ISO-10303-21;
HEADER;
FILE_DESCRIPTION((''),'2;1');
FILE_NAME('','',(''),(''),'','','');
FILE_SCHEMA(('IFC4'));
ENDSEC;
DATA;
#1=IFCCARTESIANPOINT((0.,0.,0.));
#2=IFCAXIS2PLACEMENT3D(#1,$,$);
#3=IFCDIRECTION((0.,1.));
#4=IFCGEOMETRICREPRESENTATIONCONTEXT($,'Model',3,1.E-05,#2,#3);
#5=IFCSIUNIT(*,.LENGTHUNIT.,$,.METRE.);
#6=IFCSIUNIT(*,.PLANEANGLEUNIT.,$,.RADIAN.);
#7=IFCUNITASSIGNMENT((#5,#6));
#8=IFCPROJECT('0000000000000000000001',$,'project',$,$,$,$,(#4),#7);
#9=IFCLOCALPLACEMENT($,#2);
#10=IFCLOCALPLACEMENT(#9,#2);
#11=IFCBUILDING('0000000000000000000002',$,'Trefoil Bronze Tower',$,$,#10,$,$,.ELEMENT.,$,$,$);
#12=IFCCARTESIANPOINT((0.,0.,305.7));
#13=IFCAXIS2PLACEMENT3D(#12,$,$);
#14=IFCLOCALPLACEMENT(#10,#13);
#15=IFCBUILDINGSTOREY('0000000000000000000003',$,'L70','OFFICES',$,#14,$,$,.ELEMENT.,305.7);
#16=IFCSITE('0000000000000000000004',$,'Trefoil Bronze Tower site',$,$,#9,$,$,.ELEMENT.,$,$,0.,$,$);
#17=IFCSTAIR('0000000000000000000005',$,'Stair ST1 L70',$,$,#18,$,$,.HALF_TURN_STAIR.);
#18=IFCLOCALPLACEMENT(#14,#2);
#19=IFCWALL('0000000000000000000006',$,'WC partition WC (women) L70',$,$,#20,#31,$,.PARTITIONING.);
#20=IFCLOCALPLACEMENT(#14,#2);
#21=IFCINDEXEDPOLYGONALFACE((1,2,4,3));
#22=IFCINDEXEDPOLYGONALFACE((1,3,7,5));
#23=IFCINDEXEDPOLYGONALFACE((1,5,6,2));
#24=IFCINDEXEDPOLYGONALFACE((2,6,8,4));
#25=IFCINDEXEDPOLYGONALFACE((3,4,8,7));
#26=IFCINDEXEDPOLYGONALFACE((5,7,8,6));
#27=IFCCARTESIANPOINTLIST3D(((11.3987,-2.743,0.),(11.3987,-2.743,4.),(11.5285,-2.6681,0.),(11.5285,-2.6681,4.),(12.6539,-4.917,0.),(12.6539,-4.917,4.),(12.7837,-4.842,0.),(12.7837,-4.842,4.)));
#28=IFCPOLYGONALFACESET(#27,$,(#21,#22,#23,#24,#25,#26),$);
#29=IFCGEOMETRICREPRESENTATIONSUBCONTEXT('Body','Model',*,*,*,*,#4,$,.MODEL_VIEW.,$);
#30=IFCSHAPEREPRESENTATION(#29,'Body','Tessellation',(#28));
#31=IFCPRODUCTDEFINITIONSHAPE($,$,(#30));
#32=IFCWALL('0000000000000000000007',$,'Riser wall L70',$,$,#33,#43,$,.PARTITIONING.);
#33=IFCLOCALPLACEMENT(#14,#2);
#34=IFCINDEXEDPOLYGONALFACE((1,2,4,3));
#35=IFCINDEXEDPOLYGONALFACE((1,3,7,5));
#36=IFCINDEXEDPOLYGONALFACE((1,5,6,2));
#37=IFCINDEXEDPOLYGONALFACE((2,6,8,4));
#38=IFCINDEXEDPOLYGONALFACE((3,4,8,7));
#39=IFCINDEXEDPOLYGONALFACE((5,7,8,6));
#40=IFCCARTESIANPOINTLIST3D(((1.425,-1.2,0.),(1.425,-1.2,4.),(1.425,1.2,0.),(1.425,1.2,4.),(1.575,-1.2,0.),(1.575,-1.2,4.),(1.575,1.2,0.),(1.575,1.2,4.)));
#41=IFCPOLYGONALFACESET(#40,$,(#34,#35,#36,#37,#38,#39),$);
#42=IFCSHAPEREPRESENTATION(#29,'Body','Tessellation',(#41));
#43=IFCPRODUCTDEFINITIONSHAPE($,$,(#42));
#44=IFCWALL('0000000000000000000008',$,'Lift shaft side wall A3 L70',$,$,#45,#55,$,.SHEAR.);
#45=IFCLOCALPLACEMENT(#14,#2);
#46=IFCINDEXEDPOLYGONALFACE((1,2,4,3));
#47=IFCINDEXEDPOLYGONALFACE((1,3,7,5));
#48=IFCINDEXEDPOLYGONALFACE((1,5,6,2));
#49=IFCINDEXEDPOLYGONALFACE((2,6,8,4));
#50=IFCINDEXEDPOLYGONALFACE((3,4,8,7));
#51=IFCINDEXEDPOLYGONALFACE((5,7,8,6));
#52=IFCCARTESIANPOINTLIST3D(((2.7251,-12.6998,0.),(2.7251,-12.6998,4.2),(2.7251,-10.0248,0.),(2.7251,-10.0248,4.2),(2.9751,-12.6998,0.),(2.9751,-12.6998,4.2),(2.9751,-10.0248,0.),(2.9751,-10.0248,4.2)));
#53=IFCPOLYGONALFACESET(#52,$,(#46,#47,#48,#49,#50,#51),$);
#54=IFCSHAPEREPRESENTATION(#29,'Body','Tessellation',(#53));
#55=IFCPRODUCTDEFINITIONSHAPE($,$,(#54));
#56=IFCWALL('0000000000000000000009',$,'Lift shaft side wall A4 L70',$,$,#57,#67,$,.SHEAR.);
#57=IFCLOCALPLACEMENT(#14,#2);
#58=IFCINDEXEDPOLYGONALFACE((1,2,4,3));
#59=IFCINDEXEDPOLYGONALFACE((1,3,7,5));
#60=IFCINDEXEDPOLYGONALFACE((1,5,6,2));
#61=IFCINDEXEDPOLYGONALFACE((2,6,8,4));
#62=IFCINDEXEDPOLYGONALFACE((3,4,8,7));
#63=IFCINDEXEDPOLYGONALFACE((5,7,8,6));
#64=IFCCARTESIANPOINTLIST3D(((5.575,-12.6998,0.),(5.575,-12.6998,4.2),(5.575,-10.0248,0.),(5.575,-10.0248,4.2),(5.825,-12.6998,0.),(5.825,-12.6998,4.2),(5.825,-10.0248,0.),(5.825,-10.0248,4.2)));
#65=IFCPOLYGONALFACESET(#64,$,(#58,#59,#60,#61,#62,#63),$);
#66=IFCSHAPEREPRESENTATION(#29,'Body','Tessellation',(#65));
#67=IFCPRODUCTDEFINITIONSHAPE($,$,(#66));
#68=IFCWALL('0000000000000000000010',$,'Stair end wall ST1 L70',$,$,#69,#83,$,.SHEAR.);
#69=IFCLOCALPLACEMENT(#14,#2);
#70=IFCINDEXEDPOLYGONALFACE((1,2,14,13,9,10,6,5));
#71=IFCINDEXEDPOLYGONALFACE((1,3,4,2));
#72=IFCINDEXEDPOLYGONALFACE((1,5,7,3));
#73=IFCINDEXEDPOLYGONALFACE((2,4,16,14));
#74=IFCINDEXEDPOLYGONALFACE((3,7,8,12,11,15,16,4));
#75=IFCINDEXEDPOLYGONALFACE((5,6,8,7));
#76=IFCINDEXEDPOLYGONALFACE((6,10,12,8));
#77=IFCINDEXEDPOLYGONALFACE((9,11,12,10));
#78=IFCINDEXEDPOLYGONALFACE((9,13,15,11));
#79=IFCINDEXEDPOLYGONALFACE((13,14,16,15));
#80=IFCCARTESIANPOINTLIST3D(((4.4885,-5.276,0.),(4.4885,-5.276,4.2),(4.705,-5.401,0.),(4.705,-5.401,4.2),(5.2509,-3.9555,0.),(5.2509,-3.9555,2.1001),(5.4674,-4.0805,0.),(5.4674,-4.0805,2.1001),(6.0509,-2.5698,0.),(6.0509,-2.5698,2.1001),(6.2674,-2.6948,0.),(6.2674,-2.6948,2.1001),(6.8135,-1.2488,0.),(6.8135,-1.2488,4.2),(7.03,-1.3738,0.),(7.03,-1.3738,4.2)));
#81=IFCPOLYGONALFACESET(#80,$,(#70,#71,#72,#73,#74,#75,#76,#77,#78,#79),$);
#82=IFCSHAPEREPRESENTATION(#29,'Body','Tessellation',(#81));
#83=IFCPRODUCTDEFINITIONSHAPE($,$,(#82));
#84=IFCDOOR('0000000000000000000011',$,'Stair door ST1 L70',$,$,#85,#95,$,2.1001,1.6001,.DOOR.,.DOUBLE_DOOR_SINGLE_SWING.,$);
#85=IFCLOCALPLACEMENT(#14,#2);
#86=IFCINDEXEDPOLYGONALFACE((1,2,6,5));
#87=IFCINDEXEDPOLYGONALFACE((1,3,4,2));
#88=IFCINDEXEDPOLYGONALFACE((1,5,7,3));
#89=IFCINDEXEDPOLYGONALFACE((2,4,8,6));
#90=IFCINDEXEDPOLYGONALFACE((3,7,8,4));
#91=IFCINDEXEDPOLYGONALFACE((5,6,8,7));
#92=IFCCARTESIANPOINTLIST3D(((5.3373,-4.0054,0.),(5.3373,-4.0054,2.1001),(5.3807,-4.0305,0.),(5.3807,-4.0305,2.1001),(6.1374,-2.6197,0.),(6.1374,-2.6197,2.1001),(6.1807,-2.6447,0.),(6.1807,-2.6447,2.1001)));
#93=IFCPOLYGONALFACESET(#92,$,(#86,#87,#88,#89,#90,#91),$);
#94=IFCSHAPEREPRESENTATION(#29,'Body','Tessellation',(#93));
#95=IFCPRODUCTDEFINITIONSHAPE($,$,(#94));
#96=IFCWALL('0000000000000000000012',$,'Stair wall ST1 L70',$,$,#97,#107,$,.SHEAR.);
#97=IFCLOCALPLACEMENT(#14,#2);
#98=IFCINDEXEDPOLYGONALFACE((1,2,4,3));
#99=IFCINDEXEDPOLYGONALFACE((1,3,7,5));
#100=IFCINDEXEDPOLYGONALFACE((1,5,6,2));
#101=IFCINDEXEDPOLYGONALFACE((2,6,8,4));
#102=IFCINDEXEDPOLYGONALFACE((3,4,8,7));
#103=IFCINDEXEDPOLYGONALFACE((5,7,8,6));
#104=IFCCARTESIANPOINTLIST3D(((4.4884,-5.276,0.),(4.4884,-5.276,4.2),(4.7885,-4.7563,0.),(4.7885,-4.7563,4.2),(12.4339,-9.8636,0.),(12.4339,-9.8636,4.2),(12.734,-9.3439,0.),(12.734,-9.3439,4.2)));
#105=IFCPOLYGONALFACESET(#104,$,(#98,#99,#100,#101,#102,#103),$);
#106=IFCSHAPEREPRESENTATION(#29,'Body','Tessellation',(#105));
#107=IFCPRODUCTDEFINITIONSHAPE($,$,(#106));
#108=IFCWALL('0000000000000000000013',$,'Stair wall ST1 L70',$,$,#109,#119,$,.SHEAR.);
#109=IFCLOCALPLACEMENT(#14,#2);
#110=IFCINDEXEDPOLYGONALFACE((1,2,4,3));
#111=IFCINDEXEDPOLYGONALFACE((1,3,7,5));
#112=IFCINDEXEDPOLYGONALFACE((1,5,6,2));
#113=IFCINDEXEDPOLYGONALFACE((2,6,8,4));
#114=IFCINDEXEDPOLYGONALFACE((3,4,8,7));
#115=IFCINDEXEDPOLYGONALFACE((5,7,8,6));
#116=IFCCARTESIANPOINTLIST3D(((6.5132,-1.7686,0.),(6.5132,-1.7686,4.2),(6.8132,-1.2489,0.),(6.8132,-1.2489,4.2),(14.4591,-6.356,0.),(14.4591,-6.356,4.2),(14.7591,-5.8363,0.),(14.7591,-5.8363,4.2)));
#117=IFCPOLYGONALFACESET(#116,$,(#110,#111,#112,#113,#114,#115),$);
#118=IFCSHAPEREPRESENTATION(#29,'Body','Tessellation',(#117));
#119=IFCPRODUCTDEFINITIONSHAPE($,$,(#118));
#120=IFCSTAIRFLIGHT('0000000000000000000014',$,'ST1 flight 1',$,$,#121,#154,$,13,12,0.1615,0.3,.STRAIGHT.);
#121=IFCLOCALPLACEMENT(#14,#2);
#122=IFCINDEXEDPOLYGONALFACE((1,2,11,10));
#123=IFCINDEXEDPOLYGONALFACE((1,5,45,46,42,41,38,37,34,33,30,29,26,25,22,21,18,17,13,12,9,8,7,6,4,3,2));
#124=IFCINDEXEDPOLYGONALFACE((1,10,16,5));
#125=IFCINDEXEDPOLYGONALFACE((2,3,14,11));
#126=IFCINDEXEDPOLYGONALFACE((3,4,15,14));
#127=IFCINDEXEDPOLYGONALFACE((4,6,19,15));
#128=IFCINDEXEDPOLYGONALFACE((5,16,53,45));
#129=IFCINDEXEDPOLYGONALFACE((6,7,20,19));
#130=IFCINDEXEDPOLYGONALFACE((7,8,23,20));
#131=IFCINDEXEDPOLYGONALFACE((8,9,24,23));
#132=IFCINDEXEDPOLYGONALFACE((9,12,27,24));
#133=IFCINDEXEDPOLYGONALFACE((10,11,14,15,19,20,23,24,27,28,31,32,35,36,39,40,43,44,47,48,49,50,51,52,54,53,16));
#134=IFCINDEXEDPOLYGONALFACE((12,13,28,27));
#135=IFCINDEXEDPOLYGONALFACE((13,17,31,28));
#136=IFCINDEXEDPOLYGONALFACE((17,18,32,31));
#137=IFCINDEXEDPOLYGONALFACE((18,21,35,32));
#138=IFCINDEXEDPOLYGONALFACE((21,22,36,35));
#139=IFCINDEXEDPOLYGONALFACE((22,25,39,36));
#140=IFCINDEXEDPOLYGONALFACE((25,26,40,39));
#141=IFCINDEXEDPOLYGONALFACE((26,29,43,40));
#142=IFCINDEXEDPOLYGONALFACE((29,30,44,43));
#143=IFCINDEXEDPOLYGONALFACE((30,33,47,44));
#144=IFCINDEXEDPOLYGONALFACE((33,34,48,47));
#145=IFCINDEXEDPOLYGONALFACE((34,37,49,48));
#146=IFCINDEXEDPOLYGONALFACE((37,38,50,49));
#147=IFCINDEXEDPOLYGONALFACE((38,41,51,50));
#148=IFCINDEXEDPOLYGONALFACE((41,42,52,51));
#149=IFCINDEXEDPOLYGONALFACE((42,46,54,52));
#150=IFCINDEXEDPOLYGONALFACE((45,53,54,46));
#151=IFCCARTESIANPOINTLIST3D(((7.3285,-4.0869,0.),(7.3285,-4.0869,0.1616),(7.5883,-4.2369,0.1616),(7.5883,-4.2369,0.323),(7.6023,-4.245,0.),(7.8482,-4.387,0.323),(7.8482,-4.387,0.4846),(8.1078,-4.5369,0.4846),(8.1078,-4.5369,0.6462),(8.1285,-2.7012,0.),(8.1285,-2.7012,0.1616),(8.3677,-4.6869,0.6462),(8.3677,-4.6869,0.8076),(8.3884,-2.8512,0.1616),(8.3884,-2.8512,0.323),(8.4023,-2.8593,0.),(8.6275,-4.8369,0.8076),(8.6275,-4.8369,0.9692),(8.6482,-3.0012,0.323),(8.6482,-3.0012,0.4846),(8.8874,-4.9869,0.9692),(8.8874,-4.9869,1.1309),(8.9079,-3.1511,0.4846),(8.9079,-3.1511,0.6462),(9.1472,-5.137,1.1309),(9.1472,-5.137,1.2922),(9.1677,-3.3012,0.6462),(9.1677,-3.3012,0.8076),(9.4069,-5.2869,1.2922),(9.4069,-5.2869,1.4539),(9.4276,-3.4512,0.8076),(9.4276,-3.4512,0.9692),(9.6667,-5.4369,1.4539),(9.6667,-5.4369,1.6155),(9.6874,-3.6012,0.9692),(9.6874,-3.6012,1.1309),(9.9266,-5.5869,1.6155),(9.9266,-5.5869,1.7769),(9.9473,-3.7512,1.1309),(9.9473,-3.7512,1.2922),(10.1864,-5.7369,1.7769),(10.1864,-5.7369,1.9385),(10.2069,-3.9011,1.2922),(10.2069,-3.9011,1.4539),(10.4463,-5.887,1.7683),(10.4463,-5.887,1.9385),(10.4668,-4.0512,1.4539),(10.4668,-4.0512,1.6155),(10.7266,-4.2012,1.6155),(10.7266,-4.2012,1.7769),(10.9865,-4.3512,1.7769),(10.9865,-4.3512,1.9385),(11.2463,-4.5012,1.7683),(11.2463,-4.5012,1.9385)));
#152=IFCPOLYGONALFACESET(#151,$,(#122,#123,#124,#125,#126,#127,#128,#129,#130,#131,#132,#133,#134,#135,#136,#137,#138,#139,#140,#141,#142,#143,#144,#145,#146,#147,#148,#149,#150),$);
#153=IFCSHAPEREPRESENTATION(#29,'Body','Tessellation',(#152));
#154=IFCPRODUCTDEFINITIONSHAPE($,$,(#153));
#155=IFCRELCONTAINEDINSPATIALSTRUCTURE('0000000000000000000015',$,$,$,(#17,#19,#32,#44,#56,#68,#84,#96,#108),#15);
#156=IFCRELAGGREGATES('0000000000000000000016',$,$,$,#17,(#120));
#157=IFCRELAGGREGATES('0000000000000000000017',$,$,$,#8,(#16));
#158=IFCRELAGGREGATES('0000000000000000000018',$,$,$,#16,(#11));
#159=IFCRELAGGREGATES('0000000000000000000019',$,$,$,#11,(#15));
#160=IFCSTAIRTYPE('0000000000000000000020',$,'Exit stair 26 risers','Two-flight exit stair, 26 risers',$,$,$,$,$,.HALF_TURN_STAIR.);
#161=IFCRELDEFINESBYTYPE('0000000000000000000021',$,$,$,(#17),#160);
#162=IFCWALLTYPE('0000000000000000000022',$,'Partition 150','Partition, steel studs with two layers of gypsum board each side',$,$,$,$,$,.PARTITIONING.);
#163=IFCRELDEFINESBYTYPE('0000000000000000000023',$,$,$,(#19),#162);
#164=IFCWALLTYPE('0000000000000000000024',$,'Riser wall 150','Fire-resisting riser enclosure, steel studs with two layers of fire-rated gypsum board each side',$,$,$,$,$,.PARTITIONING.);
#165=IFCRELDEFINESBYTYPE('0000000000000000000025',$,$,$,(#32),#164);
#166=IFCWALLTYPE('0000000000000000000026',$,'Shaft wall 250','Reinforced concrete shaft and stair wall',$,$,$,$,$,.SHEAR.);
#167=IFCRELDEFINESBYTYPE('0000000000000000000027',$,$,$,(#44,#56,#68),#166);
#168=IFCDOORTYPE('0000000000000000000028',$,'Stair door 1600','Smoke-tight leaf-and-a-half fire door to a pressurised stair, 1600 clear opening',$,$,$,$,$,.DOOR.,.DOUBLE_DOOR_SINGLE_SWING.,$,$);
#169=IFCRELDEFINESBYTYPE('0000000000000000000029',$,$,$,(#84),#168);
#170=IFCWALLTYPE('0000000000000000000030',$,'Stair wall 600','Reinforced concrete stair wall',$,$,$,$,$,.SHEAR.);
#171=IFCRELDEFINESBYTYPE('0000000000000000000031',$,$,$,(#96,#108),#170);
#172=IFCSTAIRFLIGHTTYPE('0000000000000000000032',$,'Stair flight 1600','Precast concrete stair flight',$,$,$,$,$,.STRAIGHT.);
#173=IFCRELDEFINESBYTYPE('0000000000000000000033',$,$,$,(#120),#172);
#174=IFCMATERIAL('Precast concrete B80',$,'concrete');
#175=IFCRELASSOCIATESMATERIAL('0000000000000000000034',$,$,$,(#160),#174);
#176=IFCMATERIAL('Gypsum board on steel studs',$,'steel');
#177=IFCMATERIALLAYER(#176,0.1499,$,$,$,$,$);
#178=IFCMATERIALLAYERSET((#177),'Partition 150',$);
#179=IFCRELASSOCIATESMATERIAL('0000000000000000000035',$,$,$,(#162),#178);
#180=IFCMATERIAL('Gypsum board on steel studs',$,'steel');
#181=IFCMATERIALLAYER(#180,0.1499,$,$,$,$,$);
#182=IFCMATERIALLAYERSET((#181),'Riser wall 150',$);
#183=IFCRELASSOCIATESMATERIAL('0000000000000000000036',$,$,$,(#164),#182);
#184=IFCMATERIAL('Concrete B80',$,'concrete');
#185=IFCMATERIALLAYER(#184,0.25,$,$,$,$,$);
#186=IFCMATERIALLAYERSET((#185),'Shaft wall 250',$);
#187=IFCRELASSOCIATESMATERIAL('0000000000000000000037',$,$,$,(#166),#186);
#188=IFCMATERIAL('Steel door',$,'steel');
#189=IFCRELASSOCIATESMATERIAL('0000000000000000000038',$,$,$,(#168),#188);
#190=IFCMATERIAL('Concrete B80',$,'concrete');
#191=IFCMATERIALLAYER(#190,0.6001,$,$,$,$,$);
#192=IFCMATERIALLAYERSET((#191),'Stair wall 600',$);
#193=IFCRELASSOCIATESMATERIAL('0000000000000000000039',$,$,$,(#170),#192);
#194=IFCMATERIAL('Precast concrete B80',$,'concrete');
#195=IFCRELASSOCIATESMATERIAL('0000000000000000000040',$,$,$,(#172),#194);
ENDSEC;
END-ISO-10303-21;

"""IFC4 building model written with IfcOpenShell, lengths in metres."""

from ifc_helpers import new_model, si_unit, direction, frame, frame_2d, origin, place, context, subcontext, project, spatial, polyline, rectangle, outline, extrude, material, layer, layer_set, type_object, element, fill, aggregate, save


model = new_model("IFC4")

# Units and contexts
model_context = context("Model", 3, precision=1e-05, world=origin(), true_north=direction((0.0, 1.0)))
body_context = subcontext(model_context, "Body", "Model", "MODEL_VIEW")
ifc_project = project(units=[si_unit("LENGTHUNIT", "METRE"), si_unit("PLANEANGLEUNIT", "RADIAN")], contexts=[model_context])

# Site, building, storey
site_placement = place(None, origin())
site = spatial("IfcSite", under=ifc_project, at=site_placement, Name="Trefoil Bronze Tower site", CompositionType="ELEMENT", RefElevation=0.0)
building_placement = place(site_placement, origin())
building = spatial("IfcBuilding", under=site, at=building_placement, Name="Trefoil Bronze Tower", CompositionType="ELEMENT")
storey_placement = place(building_placement, frame((0.0, 0.0, 305.7)))
storey = spatial("IfcBuildingStorey", under=building, at=storey_placement, Name="L70", Description="OFFICES", CompositionType="ELEMENT", Elevation=305.7)

# Stair
ifc_material_1 = material(Name="Precast concrete B80", Category="concrete")
stair_type = type_object("IfcStairType", Name="Exit stair 26 risers", Description="Two-flight exit stair, 26 risers", PredefinedType="HALF_TURN_STAIR", material=ifc_material_1)
stair_1_placement = place(storey_placement, origin())
stair_1 = element("IfcStair", 1, at=stair_1_placement, inside=storey, type_object=stair_type, Name="Stair ST1 L70", PredefinedType="HALF_TURN_STAIR")

# Shared definitions
ifc_material_2 = material(Name="Gypsum board on steel studs", Category="steel")
ifc_layer_1 = layer(ifc_material_2, 0.1499)
ifc_layer_set_1 = layer_set([ifc_layer_1], Name="Partition 150")
wall_type_1 = type_object("IfcWallType", Name="Partition 150", Description="Partition, steel studs with two layers of gypsum board each side", PredefinedType="PARTITIONING", material=ifc_layer_set_1)

# Walls
wall_1_placement = place(storey_placement, frame((11.4636, -2.7056, 0.0), z_axis=(0.0, 0.0, 1.0), x_axis=(0.50002, -0.866014, 0.0)))
element("IfcWall", 2, at=wall_1_placement, inside=storey, type_object=wall_type_1, Name="WC partition WC (women) L70", PredefinedType="PARTITIONING", context=body_context, shape_type="SweptSolid", body=[
    extrude(rectangle(XDim=2.5103, YDim=0.1499, at=frame_2d((1.2551, 0.0))), origin(), (0.0, 0.0, 1.0), 4.0),
])
ifc_material_3 = material(Name="Gypsum board on steel studs", Category="steel")
ifc_layer_2 = layer(ifc_material_3, 0.1499)
ifc_layer_set_2 = layer_set([ifc_layer_2], Name="Riser wall 150")
wall_type_2 = type_object("IfcWallType", Name="Riser wall 150", Description="Fire-resisting riser enclosure, steel studs with two layers of fire-rated gypsum board each side", PredefinedType="PARTITIONING", material=ifc_layer_set_2)
wall_2_placement = place(storey_placement, frame((1.5, -1.2, 0.0), z_axis=(0.0, 0.0, 1.0), x_axis=(0.0, 1.0, 0.0)))
element("IfcWall", 3, at=wall_2_placement, inside=storey, type_object=wall_type_2, Name="Riser wall L70", PredefinedType="PARTITIONING", context=body_context, shape_type="SweptSolid", body=[
    extrude(rectangle(XDim=2.3999, YDim=0.1499, at=frame_2d((1.2, 0.0))), origin(), (0.0, 0.0, 1.0), 4.0),
])
ifc_material_4 = material(Name="Concrete B80", Category="concrete")
ifc_layer_3 = layer(ifc_material_4, 0.25)
ifc_layer_set_3 = layer_set([ifc_layer_3], Name="Shaft wall 250")
wall_type_3 = type_object("IfcWallType", Name="Shaft wall 250", Description="Reinforced concrete shaft and stair wall", PredefinedType="SHEAR", material=ifc_layer_set_3)
for number, where, z_axis, x_axis, name in (
    (4, (2.8501, -10.0249, 0.0), (0.0, 0.0, 1.0), (0.0, -1.0, 0.0), "Lift shaft side wall A3 L70"),
    (5, (5.7, -10.0249, 0.0), (0.0, 0.0, 1.0), (0.0, -1.0, 0.0), "Lift shaft side wall A4 L70"),
):
    element("IfcWall", number, at=place(storey_placement, frame(where, z_axis=z_axis, x_axis=x_axis)), inside=storey, type_object=wall_type_3, Name=name, PredefinedType="SHEAR", context=body_context, shape_type="SweptSolid", body=[
        extrude(rectangle(XDim=2.675, YDim=0.25, at=frame_2d((1.3374, 0.0))), origin(), (0.0, 0.0, 1.0), 4.2),
    ])

# Wall, opening, door
wall_3_placement = place(storey_placement, frame((4.5967, -5.3386, 0.0), z_axis=(0.0, 0.0, 1.0), x_axis=(0.499985, 0.866034, 0.0)))
wall_3 = element("IfcWall", 6, at=wall_3_placement, inside=storey, type_object=wall_type_3, Name="Stair end wall ST1 L70", PredefinedType="SHEAR", context=body_context, shape_type="SweptSolid", body=[
    extrude(rectangle(XDim=4.6501, YDim=0.25, at=frame_2d((2.3252, 0.0))), origin(), (0.0, 0.0, 1.0), 4.2),
])
opening_1_placement = place(wall_3_placement, frame((1.5249, 0.0, 0.0)))
opening_1 = element("IfcOpeningElement", 7, at=opening_1_placement, cuts=wall_3, PredefinedType="OPENING", context=body_context, shape_type="SweptSolid", body=[
    extrude(rectangle(XDim=1.6001, YDim=2.1001, at=frame_2d((0.8, 1.05))), frame((0.0, 0.135, 0.0), z_axis=(0.0, -1.0, 0.0), x_axis=(1.0, 0.0, 0.0)), (0.0, 0.0, 1.0), 0.27),
])
ifc_material_5 = material(Name="Steel door", Category="steel")
door_type_1 = type_object("IfcDoorType", Name="Stair door 1600", Description="Smoke-tight leaf-and-a-half fire door to a pressurised stair, 1600 clear opening", OperationType="DOUBLE_DOOR_SINGLE_SWING", PredefinedType="DOOR", material=ifc_material_5)
door_1_placement = place(opening_1_placement, frame((1.6001, 0.0, 0.0), z_axis=(0.0, 0.0, 1.0), x_axis=(-1.0, 0.0, 0.0)))
door_1 = element("IfcDoor", 8, at=door_1_placement, inside=storey, type_object=door_type_1, Name="Stair door ST1 L70", OperationType="DOUBLE_DOOR_SINGLE_SWING", OverallHeight=2.1001, OverallWidth=1.6001, PredefinedType="DOOR", context=body_context, shape_type="SweptSolid", body=[
    extrude(rectangle(XDim=1.6001, YDim=2.1001, at=frame_2d((0.8, 1.05))), frame((0.0, 0.0249, 0.0), z_axis=(0.0, -1.0, 0.0), x_axis=(1.0, 0.0, 0.0)), (0.0, 0.0, 1.0), 0.05),
])
fill(opening_1, door_1)

# Walls
ifc_material_6 = material(Name="Concrete B80", Category="concrete")
ifc_layer_4 = layer(ifc_material_6, 0.6001)
ifc_layer_set_4 = layer_set([ifc_layer_4], Name="Stair wall 600")
wall_type_4 = type_object("IfcWallType", Name="Stair wall 600", Description="Reinforced concrete stair wall", PredefinedType="SHEAR", material=ifc_layer_set_4)
wall_4_placement = place(storey_placement, frame((4.6384, -5.0161, 0.0), z_axis=(0.0, 0.0, 1.0), x_axis=(0.866012, -0.500023, 0.0)))
element("IfcWall", 9, at=wall_4_placement, inside=storey, type_object=wall_type_4, Name="Stair wall ST1 L70", PredefinedType="SHEAR", context=body_context, shape_type="SweptSolid", body=[
    extrude(rectangle(XDim=9.1748, YDim=0.6001, at=frame_2d((4.5874, 0.0))), origin(), (0.0, 0.0, 1.0), 4.2),
])
wall_5_placement = place(storey_placement, frame((6.6633, -1.5088, 0.0), z_axis=(0.0, 0.0, 1.0), x_axis=(0.86603, -0.499991, 0.0)))
element("IfcWall", 10, at=wall_5_placement, inside=storey, type_object=wall_type_4, Name="Stair wall ST1 L70", PredefinedType="SHEAR", context=body_context, shape_type="SweptSolid", body=[
    extrude(rectangle(XDim=9.175, YDim=0.6001, at=frame_2d((4.5874, 0.0))), origin(), (0.0, 0.0, 1.0), 4.2),
])

# Stair flight
ifc_material_7 = material(Name="Precast concrete B80", Category="concrete")
stair_flight_type = type_object("IfcStairFlightType", Name="Stair flight 1600", Description="Precast concrete stair flight", PredefinedType="STRAIGHT", material=ifc_material_7)
stair_flight_1_placement = place(storey_placement, frame((7.7285, -3.394, 0.0), z_axis=(0.0, 0.0, 1.0), x_axis=(0.866025, -0.5, 0.0)))
stair_flight_1 = element("IfcStairFlight", 11, at=stair_flight_1_placement, type_object=stair_flight_type, Name="ST1 flight 1", NumberOfRisers=13, NumberOfTreads=12, PredefinedType="STRAIGHT", RiserHeight=0.1615, TreadLength=0.3, context=body_context, shape_type="SweptSolid", body=[
    extrude(outline(polyline([(0.0, 0.0), (0.0, 0.1616), (0.3, 0.1616), (0.3, 0.323), (0.6001, 0.323), (0.6001, 0.4846), (0.8999, 0.4846), (0.8999, 0.6462), (1.2, 0.6462), (1.2, 0.8076), (1.5, 0.8076), (1.5, 0.9692), (1.8, 0.9692), (1.8, 1.1309), (2.1001, 1.1309), (2.1001, 1.2922), (2.3999, 1.2922), (2.3999, 1.4539), (2.7, 1.4539), (2.7, 1.6155), (3.0, 1.6155), (3.0, 1.7769), (3.3, 1.7769), (3.3, 1.9385), (3.6001, 1.9385), (3.6001, 2.1001), (3.6001, 1.7683), (0.3162, 0.0), (0.0, 0.0)])), frame((0.0, 0.8, 0.0), z_axis=(0.0, -1.0, 0.0), x_axis=(1.0, 0.0, 0.0)), (0.0, 0.0, 1.0), 1.6001),
])
aggregate(stair_1, [stair_flight_1])

save(model, "model.ifc")
